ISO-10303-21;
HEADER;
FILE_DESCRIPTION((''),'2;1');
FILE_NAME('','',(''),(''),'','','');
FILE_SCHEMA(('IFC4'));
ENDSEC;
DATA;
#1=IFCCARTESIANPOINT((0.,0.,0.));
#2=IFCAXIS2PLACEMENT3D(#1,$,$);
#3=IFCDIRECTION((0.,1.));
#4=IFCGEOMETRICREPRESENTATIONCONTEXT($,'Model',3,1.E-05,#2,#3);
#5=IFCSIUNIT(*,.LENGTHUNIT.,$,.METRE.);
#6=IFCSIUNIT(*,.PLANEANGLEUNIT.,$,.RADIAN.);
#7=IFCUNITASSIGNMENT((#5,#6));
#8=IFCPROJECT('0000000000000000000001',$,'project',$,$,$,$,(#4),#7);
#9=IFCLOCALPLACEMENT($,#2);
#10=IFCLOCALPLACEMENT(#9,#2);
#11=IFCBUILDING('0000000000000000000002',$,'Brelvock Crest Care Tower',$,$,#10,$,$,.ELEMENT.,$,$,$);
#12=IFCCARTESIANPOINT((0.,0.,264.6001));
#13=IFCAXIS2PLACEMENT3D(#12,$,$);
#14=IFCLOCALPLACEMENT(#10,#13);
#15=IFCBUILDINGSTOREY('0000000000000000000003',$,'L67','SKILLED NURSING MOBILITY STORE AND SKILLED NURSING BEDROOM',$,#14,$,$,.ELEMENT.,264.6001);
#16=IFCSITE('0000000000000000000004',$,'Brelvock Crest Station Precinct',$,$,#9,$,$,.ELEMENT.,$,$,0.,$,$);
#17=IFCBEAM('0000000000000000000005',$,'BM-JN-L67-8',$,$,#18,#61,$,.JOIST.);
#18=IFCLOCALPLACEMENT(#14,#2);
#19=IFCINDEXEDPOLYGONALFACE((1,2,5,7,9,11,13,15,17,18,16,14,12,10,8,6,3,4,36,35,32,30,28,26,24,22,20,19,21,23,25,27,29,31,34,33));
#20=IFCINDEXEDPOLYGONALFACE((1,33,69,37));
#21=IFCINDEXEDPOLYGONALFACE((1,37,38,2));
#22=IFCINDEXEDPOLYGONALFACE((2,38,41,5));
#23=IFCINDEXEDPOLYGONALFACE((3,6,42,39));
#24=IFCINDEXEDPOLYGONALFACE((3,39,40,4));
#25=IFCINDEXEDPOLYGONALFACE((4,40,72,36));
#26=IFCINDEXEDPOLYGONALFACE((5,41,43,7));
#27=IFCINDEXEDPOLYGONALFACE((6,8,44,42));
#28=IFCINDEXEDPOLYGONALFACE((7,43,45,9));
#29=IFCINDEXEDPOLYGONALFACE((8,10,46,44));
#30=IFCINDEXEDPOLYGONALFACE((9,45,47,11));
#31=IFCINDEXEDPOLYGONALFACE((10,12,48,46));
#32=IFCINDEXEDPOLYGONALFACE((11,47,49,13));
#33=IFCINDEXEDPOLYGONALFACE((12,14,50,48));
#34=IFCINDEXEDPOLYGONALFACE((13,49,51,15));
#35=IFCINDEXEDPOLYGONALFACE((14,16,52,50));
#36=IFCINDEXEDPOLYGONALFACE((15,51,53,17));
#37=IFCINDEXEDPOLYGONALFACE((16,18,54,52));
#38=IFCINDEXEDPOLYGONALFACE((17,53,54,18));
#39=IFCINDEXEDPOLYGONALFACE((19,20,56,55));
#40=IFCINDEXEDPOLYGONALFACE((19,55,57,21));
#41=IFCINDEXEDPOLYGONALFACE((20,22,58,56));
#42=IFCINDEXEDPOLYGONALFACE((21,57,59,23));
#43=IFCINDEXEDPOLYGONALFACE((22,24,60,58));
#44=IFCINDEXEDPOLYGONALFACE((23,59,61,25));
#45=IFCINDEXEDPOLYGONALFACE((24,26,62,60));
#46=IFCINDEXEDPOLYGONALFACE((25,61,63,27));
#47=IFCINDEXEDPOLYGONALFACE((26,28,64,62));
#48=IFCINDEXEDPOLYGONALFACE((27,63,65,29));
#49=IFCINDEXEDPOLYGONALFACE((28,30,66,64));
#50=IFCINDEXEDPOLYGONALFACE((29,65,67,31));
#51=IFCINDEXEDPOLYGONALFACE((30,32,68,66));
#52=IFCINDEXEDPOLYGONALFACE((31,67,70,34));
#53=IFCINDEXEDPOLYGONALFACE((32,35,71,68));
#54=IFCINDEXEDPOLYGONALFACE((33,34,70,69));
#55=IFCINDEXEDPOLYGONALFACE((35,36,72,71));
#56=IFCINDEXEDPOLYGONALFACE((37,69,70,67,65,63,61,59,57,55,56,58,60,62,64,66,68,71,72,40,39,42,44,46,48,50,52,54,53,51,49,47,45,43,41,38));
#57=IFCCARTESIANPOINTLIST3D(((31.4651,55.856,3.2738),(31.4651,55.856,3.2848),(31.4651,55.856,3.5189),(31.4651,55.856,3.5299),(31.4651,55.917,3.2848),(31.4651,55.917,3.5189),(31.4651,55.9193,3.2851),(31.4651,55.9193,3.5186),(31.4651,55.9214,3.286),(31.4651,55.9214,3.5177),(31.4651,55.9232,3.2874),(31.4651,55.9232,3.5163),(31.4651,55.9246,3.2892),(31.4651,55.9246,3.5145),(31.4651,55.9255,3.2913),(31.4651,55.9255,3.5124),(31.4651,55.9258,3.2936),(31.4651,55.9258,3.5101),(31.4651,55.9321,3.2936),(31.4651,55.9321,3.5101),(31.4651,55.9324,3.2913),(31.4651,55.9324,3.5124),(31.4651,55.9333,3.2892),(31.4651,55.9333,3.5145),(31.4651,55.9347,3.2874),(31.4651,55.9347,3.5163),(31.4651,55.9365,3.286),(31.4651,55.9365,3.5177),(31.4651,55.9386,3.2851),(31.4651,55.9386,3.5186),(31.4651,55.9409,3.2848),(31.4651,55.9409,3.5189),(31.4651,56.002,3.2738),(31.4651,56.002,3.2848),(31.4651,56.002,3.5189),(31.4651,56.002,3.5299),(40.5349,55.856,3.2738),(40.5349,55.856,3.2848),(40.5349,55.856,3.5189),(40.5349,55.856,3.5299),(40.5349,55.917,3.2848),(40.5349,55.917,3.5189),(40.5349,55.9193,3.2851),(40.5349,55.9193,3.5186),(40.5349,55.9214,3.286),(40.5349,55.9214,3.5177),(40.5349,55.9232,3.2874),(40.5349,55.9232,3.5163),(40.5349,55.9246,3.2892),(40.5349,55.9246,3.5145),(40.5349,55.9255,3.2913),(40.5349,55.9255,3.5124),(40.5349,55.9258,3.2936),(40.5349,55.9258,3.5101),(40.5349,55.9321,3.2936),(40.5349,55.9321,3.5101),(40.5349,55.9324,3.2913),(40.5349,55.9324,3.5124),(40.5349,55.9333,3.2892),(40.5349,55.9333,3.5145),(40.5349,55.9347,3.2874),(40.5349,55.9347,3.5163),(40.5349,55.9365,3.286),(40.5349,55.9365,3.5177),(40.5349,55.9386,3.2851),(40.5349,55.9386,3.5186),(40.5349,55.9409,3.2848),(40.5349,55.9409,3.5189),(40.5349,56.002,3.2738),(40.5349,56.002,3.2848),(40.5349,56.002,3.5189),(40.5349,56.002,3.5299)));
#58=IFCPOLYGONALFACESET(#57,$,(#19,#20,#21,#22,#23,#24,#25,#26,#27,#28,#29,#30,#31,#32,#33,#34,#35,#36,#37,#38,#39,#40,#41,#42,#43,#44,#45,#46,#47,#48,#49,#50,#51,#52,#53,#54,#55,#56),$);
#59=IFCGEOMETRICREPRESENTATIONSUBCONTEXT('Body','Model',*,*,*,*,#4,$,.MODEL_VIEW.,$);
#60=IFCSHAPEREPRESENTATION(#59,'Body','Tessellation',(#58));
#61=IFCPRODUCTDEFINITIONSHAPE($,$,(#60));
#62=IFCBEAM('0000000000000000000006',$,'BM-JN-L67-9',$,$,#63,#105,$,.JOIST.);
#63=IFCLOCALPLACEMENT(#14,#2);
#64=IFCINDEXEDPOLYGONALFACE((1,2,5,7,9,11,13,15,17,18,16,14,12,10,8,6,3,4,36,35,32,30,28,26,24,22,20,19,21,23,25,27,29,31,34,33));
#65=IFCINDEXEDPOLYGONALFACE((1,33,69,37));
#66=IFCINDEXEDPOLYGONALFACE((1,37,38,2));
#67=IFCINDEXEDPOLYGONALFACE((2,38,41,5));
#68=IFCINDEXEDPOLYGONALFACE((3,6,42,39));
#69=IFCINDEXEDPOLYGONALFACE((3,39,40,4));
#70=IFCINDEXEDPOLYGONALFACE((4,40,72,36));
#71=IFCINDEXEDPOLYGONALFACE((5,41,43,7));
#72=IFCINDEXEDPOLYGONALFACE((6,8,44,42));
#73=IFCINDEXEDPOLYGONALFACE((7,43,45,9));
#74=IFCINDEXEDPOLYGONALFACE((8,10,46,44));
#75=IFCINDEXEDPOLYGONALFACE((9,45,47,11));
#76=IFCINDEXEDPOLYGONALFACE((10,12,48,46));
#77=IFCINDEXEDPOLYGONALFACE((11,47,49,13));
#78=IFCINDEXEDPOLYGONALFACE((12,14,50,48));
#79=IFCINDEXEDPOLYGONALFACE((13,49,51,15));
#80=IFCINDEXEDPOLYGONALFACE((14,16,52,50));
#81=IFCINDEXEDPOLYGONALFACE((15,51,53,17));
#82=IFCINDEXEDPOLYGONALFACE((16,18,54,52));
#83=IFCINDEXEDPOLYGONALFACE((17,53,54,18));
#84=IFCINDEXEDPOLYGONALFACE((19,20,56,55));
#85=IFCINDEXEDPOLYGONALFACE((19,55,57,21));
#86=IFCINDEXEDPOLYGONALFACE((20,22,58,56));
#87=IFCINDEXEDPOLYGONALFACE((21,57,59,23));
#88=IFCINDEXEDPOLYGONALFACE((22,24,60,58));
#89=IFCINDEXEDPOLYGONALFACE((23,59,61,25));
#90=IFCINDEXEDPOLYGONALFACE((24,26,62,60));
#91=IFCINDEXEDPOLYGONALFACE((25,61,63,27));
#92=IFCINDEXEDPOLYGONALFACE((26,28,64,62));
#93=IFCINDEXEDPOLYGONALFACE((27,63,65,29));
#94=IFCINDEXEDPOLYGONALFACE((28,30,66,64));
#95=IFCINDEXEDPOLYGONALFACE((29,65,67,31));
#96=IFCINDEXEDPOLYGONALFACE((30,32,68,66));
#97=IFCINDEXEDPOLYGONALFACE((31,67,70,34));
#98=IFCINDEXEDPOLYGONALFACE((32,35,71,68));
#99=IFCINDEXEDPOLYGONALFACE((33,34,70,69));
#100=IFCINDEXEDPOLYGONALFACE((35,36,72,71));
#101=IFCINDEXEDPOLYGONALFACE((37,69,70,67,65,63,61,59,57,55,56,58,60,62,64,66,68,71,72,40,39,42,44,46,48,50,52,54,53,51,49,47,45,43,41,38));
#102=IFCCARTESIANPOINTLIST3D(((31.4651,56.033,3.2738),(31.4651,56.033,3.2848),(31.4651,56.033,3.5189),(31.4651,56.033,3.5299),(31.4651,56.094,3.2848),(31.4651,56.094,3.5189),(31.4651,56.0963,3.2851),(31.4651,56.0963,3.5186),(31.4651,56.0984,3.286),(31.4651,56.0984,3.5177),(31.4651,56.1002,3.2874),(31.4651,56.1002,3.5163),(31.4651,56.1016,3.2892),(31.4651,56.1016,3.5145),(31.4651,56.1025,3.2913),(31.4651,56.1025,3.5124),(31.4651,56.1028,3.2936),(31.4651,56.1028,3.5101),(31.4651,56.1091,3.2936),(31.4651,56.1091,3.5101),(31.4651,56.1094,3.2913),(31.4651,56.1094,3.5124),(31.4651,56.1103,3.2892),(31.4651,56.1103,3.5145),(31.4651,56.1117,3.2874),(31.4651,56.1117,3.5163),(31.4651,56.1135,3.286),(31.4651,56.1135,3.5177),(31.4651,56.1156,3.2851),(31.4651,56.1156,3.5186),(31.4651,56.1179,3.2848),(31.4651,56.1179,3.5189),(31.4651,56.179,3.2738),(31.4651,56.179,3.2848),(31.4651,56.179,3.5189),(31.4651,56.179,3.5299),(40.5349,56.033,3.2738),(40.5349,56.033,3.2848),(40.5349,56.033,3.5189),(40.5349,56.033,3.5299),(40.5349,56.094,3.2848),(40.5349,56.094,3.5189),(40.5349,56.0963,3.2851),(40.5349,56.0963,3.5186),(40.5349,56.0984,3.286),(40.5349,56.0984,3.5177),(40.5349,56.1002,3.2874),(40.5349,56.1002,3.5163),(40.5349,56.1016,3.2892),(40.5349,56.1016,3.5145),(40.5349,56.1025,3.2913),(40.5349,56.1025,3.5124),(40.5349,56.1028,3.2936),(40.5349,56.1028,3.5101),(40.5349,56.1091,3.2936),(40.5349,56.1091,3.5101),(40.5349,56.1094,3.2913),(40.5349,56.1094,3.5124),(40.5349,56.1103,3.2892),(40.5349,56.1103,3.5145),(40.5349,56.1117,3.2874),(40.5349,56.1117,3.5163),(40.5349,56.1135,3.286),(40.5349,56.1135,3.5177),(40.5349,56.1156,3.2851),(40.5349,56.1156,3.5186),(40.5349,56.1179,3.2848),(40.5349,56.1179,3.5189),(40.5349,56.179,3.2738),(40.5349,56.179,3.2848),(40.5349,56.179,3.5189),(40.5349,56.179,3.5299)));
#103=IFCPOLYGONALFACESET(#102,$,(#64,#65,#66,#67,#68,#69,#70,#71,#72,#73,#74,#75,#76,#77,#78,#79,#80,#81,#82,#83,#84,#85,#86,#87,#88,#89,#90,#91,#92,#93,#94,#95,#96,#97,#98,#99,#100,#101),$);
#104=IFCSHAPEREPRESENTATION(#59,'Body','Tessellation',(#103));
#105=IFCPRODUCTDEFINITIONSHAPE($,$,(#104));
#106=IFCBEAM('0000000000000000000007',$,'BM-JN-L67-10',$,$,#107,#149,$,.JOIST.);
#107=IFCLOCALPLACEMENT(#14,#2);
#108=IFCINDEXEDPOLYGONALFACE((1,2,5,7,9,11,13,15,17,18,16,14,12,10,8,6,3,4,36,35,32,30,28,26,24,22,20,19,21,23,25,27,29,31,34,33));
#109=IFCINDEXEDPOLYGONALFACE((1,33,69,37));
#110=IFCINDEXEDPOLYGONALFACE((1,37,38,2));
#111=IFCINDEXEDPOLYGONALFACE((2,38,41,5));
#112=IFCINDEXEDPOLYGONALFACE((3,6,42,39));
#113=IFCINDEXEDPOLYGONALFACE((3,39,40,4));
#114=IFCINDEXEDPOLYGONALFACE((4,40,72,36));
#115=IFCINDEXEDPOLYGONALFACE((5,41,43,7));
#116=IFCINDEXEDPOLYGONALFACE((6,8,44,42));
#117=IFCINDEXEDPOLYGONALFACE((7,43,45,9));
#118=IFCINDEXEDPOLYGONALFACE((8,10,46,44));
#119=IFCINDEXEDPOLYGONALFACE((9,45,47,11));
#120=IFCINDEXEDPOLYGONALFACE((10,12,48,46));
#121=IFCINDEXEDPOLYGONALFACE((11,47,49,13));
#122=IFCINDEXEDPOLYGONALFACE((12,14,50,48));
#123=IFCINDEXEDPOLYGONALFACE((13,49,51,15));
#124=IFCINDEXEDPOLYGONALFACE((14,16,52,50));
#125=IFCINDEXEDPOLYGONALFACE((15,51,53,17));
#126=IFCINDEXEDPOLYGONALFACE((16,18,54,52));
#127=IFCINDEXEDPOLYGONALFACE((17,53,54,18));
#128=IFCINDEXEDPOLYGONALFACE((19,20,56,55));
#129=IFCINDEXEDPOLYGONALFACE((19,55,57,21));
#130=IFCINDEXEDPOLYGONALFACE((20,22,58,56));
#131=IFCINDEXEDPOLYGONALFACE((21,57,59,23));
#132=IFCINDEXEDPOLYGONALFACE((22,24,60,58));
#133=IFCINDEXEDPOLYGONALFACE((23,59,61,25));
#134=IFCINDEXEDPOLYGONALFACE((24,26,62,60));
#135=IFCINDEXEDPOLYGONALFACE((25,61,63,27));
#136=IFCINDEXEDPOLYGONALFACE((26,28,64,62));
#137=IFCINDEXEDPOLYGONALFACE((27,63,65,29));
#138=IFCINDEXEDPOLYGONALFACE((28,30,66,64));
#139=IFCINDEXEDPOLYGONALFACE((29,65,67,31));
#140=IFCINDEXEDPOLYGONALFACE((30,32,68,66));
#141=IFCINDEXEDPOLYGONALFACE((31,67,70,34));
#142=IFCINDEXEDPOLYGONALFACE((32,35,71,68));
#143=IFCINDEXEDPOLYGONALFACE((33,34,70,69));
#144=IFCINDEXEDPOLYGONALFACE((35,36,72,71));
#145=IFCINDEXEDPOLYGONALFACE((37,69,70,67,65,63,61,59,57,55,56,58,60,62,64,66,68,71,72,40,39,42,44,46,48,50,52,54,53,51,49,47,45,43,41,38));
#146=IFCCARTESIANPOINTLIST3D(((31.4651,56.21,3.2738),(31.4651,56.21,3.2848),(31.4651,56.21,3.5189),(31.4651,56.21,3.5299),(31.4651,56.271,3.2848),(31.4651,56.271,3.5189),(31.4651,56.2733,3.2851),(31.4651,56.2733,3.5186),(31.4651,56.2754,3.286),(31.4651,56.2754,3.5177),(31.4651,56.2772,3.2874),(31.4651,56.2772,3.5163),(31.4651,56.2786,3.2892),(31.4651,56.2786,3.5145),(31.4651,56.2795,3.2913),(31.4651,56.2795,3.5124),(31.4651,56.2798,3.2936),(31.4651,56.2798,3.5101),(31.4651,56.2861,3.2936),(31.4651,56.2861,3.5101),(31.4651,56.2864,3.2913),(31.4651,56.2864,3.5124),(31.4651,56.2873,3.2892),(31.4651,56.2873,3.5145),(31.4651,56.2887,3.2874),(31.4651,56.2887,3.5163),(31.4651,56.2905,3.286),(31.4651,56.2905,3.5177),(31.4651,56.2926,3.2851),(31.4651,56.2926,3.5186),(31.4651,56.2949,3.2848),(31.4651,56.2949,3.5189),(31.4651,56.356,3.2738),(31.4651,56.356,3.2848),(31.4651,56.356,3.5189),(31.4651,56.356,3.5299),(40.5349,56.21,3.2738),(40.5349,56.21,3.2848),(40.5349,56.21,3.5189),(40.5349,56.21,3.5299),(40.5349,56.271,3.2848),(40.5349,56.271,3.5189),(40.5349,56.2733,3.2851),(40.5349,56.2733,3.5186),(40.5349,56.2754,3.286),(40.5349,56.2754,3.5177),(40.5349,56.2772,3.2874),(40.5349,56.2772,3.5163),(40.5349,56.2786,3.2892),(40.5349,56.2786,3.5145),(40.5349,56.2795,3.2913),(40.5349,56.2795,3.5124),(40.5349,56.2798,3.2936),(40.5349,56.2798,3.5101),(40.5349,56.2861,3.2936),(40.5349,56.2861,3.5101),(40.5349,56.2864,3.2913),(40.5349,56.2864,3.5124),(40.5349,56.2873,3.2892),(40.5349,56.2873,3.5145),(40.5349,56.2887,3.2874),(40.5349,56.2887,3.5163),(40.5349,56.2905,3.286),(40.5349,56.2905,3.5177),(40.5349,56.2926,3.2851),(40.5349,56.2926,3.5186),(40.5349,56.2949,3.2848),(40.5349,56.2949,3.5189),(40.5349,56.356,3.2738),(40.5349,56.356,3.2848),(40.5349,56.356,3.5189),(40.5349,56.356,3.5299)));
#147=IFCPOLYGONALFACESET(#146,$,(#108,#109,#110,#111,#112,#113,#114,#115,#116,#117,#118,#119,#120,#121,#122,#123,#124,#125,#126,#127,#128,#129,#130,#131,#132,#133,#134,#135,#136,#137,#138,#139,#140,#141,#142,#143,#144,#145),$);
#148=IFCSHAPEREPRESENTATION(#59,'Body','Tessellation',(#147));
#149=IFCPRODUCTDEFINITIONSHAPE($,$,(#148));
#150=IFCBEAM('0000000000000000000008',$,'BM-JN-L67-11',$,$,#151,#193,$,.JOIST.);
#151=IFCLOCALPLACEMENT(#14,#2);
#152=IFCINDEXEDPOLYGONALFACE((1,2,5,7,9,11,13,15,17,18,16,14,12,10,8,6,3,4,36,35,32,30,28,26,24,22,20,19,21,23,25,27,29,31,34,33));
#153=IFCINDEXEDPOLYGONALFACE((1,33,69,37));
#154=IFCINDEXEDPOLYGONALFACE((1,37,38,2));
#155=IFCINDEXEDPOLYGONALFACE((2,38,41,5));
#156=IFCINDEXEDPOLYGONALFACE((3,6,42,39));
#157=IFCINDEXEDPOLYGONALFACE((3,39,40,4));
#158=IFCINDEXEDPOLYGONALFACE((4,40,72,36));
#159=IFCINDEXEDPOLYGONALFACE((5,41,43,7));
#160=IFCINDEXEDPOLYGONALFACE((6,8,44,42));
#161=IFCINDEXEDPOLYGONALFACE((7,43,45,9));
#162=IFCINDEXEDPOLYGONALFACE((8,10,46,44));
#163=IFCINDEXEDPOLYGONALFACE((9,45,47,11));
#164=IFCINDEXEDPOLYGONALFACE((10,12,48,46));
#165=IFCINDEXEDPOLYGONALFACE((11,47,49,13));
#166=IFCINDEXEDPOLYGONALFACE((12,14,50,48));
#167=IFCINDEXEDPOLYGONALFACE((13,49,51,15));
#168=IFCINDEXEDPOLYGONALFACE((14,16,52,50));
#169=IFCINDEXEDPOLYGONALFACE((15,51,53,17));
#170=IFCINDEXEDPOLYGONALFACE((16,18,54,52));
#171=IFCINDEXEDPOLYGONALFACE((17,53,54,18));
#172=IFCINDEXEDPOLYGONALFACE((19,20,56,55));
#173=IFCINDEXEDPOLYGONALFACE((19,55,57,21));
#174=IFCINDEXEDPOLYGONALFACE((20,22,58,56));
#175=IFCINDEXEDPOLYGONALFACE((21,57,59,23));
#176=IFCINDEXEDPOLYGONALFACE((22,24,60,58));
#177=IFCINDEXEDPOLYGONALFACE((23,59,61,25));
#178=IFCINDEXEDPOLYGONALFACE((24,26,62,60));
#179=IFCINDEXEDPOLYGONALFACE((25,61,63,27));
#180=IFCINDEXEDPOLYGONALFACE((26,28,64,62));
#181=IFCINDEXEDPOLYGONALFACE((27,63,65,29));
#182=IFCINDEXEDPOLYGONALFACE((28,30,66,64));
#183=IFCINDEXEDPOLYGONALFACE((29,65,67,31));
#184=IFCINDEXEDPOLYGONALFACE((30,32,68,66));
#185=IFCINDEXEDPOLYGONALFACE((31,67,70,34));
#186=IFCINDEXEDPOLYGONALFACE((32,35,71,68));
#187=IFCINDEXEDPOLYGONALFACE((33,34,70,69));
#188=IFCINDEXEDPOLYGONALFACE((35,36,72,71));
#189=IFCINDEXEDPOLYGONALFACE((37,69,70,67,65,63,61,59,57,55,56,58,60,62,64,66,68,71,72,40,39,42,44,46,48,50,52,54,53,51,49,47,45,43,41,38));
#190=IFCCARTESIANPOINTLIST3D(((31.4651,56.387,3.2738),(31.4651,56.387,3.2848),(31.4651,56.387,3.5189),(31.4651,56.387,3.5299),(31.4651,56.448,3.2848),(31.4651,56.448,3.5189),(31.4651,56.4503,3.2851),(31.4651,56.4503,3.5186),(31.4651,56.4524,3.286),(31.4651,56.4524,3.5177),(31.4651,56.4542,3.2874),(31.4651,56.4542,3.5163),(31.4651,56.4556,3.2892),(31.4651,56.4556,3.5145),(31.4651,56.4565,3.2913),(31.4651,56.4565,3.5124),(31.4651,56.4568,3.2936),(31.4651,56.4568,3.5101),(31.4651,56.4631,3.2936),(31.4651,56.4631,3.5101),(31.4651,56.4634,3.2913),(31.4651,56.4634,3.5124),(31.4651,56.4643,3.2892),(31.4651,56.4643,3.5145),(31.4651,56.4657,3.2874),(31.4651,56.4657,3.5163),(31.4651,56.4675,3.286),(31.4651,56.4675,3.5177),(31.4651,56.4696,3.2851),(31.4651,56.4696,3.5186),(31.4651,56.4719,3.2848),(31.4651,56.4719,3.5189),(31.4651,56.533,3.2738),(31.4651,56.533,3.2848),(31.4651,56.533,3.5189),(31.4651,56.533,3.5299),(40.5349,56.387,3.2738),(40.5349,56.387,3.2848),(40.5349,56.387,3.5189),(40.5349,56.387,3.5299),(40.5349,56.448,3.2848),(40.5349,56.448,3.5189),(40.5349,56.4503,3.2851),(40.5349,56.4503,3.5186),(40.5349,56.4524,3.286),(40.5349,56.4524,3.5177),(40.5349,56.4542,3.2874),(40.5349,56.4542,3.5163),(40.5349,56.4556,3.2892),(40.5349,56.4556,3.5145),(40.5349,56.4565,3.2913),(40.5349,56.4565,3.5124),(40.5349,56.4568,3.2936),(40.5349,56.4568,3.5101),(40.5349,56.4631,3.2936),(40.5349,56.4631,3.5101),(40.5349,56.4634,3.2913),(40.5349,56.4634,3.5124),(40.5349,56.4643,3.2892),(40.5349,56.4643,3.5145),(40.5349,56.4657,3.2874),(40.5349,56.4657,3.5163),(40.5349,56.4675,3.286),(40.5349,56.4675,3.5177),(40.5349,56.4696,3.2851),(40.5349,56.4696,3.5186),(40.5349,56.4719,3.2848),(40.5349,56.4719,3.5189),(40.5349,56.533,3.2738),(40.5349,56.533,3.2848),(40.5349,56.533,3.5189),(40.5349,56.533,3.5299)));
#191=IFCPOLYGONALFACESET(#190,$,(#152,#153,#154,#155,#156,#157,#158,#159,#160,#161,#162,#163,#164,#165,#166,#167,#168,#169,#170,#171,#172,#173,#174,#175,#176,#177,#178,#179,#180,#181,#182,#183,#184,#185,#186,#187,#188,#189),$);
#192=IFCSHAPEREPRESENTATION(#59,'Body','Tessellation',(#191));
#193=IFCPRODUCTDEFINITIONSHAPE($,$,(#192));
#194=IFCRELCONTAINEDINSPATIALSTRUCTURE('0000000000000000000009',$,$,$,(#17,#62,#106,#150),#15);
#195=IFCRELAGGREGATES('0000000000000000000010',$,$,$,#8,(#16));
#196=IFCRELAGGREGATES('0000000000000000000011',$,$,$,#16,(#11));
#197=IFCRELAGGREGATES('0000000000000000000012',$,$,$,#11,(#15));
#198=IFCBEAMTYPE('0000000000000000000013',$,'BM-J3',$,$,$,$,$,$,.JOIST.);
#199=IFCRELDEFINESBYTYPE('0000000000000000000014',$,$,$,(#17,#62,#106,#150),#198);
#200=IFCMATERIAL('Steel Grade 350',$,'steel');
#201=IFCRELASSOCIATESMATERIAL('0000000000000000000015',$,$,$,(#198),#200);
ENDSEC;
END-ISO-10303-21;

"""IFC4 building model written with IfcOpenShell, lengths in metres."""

from ifc_helpers import new_model, si_unit, direction, frame, origin, origin_2d, place, context, subcontext, project, spatial, i_section, extrude, source, transform, mapped, material, material_profile, profile_set, type_object, element, save


model = new_model("IFC4")

# Units and contexts
model_context = context("Model", 3, precision=1e-05, world=origin(), true_north=direction((0.0, 1.0)))
body_context = subcontext(model_context, "Body", "Model", "MODEL_VIEW")
ifc_project = project(units=[si_unit("LENGTHUNIT", "METRE"), si_unit("PLANEANGLEUNIT", "RADIAN")], contexts=[model_context])

# Site, building, storey
site_placement = place(None, origin())
site = spatial("IfcSite", under=ifc_project, at=site_placement, Name="Brelvock Crest Station Precinct", CompositionType="ELEMENT", RefElevation=0.0)
building_placement = place(site_placement, origin())
building = spatial("IfcBuilding", under=site, at=building_placement, Name="Brelvock Crest Care Tower", CompositionType="ELEMENT")
storey_placement = place(building_placement, frame((0.0, 0.0, 264.6001)))
storey = spatial("IfcBuildingStorey", under=building, at=storey_placement, Name="L67", Description="SKILLED NURSING MOBILITY STORE AND SKILLED NURSING BEDROOM", CompositionType="ELEMENT", Elevation=264.6001)

# Shared definitions
ifc_material_1 = material(Name="Steel Grade 350", Category="steel")

# Beams
ifc_material_profile_1 = material_profile(ifc_material_1, i_section(OverallWidth=0.146, OverallDepth=0.2561, WebThickness=0.0063, FlangeThickness=0.011, FilletRadius=0.0088, at=origin_2d()), Name="250UB37.3")
ifc_profile_set_1 = profile_set([ifc_material_profile_1], Name="Steel Grade 350")
beam_type_1 = type_object("IfcBeamType", Name="BM-J3", PredefinedType="JOIST", material=ifc_profile_set_1)
shared_shape_1 = source(origin(), body_context, "Body", "SweptSolid", [
    extrude(i_section(OverallWidth=0.146, OverallDepth=0.2561, WebThickness=0.0063, FlangeThickness=0.011, FilletRadius=0.0088, at=origin_2d()), origin(), (0.0, 0.0, 1.0), 9.0698),
])
for number, where, z_axis, x_axis, name in (
    (1, (31.4651, 55.929, 3.4019), (1.0, 0.0, 0.0), (0.0, 1.0, 0.0), "BM-JN-L67-8"),
    (2, (31.4651, 56.106, 3.4019), (1.0, 0.0, 0.0), (0.0, 1.0, 0.0), "BM-JN-L67-9"),
    (3, (31.4651, 56.283, 3.4019), (1.0, 0.0, 0.0), (0.0, 1.0, 0.0), "BM-JN-L67-10"),
    (4, (31.4651, 56.46, 3.4019), (1.0, 0.0, 0.0), (0.0, 1.0, 0.0), "BM-JN-L67-11"),
):
    element("IfcBeam", number, at=place(storey_placement, frame(where, z_axis=z_axis, x_axis=x_axis)), inside=storey, type_object=beam_type_1, Name=name, PredefinedType="JOIST", context=body_context, shape_type="MappedRepresentation", body=[
        mapped(shared_shape_1, transform((0.0, 0.0, 0.0), x_axis=(1.0, 0.0, 0.0), y_axis=(0.0, 1.0, 0.0), z_axis=(0.0, 0.0, 1.0), scale=1.0)),
    ])

save(model, "model.ifc")
